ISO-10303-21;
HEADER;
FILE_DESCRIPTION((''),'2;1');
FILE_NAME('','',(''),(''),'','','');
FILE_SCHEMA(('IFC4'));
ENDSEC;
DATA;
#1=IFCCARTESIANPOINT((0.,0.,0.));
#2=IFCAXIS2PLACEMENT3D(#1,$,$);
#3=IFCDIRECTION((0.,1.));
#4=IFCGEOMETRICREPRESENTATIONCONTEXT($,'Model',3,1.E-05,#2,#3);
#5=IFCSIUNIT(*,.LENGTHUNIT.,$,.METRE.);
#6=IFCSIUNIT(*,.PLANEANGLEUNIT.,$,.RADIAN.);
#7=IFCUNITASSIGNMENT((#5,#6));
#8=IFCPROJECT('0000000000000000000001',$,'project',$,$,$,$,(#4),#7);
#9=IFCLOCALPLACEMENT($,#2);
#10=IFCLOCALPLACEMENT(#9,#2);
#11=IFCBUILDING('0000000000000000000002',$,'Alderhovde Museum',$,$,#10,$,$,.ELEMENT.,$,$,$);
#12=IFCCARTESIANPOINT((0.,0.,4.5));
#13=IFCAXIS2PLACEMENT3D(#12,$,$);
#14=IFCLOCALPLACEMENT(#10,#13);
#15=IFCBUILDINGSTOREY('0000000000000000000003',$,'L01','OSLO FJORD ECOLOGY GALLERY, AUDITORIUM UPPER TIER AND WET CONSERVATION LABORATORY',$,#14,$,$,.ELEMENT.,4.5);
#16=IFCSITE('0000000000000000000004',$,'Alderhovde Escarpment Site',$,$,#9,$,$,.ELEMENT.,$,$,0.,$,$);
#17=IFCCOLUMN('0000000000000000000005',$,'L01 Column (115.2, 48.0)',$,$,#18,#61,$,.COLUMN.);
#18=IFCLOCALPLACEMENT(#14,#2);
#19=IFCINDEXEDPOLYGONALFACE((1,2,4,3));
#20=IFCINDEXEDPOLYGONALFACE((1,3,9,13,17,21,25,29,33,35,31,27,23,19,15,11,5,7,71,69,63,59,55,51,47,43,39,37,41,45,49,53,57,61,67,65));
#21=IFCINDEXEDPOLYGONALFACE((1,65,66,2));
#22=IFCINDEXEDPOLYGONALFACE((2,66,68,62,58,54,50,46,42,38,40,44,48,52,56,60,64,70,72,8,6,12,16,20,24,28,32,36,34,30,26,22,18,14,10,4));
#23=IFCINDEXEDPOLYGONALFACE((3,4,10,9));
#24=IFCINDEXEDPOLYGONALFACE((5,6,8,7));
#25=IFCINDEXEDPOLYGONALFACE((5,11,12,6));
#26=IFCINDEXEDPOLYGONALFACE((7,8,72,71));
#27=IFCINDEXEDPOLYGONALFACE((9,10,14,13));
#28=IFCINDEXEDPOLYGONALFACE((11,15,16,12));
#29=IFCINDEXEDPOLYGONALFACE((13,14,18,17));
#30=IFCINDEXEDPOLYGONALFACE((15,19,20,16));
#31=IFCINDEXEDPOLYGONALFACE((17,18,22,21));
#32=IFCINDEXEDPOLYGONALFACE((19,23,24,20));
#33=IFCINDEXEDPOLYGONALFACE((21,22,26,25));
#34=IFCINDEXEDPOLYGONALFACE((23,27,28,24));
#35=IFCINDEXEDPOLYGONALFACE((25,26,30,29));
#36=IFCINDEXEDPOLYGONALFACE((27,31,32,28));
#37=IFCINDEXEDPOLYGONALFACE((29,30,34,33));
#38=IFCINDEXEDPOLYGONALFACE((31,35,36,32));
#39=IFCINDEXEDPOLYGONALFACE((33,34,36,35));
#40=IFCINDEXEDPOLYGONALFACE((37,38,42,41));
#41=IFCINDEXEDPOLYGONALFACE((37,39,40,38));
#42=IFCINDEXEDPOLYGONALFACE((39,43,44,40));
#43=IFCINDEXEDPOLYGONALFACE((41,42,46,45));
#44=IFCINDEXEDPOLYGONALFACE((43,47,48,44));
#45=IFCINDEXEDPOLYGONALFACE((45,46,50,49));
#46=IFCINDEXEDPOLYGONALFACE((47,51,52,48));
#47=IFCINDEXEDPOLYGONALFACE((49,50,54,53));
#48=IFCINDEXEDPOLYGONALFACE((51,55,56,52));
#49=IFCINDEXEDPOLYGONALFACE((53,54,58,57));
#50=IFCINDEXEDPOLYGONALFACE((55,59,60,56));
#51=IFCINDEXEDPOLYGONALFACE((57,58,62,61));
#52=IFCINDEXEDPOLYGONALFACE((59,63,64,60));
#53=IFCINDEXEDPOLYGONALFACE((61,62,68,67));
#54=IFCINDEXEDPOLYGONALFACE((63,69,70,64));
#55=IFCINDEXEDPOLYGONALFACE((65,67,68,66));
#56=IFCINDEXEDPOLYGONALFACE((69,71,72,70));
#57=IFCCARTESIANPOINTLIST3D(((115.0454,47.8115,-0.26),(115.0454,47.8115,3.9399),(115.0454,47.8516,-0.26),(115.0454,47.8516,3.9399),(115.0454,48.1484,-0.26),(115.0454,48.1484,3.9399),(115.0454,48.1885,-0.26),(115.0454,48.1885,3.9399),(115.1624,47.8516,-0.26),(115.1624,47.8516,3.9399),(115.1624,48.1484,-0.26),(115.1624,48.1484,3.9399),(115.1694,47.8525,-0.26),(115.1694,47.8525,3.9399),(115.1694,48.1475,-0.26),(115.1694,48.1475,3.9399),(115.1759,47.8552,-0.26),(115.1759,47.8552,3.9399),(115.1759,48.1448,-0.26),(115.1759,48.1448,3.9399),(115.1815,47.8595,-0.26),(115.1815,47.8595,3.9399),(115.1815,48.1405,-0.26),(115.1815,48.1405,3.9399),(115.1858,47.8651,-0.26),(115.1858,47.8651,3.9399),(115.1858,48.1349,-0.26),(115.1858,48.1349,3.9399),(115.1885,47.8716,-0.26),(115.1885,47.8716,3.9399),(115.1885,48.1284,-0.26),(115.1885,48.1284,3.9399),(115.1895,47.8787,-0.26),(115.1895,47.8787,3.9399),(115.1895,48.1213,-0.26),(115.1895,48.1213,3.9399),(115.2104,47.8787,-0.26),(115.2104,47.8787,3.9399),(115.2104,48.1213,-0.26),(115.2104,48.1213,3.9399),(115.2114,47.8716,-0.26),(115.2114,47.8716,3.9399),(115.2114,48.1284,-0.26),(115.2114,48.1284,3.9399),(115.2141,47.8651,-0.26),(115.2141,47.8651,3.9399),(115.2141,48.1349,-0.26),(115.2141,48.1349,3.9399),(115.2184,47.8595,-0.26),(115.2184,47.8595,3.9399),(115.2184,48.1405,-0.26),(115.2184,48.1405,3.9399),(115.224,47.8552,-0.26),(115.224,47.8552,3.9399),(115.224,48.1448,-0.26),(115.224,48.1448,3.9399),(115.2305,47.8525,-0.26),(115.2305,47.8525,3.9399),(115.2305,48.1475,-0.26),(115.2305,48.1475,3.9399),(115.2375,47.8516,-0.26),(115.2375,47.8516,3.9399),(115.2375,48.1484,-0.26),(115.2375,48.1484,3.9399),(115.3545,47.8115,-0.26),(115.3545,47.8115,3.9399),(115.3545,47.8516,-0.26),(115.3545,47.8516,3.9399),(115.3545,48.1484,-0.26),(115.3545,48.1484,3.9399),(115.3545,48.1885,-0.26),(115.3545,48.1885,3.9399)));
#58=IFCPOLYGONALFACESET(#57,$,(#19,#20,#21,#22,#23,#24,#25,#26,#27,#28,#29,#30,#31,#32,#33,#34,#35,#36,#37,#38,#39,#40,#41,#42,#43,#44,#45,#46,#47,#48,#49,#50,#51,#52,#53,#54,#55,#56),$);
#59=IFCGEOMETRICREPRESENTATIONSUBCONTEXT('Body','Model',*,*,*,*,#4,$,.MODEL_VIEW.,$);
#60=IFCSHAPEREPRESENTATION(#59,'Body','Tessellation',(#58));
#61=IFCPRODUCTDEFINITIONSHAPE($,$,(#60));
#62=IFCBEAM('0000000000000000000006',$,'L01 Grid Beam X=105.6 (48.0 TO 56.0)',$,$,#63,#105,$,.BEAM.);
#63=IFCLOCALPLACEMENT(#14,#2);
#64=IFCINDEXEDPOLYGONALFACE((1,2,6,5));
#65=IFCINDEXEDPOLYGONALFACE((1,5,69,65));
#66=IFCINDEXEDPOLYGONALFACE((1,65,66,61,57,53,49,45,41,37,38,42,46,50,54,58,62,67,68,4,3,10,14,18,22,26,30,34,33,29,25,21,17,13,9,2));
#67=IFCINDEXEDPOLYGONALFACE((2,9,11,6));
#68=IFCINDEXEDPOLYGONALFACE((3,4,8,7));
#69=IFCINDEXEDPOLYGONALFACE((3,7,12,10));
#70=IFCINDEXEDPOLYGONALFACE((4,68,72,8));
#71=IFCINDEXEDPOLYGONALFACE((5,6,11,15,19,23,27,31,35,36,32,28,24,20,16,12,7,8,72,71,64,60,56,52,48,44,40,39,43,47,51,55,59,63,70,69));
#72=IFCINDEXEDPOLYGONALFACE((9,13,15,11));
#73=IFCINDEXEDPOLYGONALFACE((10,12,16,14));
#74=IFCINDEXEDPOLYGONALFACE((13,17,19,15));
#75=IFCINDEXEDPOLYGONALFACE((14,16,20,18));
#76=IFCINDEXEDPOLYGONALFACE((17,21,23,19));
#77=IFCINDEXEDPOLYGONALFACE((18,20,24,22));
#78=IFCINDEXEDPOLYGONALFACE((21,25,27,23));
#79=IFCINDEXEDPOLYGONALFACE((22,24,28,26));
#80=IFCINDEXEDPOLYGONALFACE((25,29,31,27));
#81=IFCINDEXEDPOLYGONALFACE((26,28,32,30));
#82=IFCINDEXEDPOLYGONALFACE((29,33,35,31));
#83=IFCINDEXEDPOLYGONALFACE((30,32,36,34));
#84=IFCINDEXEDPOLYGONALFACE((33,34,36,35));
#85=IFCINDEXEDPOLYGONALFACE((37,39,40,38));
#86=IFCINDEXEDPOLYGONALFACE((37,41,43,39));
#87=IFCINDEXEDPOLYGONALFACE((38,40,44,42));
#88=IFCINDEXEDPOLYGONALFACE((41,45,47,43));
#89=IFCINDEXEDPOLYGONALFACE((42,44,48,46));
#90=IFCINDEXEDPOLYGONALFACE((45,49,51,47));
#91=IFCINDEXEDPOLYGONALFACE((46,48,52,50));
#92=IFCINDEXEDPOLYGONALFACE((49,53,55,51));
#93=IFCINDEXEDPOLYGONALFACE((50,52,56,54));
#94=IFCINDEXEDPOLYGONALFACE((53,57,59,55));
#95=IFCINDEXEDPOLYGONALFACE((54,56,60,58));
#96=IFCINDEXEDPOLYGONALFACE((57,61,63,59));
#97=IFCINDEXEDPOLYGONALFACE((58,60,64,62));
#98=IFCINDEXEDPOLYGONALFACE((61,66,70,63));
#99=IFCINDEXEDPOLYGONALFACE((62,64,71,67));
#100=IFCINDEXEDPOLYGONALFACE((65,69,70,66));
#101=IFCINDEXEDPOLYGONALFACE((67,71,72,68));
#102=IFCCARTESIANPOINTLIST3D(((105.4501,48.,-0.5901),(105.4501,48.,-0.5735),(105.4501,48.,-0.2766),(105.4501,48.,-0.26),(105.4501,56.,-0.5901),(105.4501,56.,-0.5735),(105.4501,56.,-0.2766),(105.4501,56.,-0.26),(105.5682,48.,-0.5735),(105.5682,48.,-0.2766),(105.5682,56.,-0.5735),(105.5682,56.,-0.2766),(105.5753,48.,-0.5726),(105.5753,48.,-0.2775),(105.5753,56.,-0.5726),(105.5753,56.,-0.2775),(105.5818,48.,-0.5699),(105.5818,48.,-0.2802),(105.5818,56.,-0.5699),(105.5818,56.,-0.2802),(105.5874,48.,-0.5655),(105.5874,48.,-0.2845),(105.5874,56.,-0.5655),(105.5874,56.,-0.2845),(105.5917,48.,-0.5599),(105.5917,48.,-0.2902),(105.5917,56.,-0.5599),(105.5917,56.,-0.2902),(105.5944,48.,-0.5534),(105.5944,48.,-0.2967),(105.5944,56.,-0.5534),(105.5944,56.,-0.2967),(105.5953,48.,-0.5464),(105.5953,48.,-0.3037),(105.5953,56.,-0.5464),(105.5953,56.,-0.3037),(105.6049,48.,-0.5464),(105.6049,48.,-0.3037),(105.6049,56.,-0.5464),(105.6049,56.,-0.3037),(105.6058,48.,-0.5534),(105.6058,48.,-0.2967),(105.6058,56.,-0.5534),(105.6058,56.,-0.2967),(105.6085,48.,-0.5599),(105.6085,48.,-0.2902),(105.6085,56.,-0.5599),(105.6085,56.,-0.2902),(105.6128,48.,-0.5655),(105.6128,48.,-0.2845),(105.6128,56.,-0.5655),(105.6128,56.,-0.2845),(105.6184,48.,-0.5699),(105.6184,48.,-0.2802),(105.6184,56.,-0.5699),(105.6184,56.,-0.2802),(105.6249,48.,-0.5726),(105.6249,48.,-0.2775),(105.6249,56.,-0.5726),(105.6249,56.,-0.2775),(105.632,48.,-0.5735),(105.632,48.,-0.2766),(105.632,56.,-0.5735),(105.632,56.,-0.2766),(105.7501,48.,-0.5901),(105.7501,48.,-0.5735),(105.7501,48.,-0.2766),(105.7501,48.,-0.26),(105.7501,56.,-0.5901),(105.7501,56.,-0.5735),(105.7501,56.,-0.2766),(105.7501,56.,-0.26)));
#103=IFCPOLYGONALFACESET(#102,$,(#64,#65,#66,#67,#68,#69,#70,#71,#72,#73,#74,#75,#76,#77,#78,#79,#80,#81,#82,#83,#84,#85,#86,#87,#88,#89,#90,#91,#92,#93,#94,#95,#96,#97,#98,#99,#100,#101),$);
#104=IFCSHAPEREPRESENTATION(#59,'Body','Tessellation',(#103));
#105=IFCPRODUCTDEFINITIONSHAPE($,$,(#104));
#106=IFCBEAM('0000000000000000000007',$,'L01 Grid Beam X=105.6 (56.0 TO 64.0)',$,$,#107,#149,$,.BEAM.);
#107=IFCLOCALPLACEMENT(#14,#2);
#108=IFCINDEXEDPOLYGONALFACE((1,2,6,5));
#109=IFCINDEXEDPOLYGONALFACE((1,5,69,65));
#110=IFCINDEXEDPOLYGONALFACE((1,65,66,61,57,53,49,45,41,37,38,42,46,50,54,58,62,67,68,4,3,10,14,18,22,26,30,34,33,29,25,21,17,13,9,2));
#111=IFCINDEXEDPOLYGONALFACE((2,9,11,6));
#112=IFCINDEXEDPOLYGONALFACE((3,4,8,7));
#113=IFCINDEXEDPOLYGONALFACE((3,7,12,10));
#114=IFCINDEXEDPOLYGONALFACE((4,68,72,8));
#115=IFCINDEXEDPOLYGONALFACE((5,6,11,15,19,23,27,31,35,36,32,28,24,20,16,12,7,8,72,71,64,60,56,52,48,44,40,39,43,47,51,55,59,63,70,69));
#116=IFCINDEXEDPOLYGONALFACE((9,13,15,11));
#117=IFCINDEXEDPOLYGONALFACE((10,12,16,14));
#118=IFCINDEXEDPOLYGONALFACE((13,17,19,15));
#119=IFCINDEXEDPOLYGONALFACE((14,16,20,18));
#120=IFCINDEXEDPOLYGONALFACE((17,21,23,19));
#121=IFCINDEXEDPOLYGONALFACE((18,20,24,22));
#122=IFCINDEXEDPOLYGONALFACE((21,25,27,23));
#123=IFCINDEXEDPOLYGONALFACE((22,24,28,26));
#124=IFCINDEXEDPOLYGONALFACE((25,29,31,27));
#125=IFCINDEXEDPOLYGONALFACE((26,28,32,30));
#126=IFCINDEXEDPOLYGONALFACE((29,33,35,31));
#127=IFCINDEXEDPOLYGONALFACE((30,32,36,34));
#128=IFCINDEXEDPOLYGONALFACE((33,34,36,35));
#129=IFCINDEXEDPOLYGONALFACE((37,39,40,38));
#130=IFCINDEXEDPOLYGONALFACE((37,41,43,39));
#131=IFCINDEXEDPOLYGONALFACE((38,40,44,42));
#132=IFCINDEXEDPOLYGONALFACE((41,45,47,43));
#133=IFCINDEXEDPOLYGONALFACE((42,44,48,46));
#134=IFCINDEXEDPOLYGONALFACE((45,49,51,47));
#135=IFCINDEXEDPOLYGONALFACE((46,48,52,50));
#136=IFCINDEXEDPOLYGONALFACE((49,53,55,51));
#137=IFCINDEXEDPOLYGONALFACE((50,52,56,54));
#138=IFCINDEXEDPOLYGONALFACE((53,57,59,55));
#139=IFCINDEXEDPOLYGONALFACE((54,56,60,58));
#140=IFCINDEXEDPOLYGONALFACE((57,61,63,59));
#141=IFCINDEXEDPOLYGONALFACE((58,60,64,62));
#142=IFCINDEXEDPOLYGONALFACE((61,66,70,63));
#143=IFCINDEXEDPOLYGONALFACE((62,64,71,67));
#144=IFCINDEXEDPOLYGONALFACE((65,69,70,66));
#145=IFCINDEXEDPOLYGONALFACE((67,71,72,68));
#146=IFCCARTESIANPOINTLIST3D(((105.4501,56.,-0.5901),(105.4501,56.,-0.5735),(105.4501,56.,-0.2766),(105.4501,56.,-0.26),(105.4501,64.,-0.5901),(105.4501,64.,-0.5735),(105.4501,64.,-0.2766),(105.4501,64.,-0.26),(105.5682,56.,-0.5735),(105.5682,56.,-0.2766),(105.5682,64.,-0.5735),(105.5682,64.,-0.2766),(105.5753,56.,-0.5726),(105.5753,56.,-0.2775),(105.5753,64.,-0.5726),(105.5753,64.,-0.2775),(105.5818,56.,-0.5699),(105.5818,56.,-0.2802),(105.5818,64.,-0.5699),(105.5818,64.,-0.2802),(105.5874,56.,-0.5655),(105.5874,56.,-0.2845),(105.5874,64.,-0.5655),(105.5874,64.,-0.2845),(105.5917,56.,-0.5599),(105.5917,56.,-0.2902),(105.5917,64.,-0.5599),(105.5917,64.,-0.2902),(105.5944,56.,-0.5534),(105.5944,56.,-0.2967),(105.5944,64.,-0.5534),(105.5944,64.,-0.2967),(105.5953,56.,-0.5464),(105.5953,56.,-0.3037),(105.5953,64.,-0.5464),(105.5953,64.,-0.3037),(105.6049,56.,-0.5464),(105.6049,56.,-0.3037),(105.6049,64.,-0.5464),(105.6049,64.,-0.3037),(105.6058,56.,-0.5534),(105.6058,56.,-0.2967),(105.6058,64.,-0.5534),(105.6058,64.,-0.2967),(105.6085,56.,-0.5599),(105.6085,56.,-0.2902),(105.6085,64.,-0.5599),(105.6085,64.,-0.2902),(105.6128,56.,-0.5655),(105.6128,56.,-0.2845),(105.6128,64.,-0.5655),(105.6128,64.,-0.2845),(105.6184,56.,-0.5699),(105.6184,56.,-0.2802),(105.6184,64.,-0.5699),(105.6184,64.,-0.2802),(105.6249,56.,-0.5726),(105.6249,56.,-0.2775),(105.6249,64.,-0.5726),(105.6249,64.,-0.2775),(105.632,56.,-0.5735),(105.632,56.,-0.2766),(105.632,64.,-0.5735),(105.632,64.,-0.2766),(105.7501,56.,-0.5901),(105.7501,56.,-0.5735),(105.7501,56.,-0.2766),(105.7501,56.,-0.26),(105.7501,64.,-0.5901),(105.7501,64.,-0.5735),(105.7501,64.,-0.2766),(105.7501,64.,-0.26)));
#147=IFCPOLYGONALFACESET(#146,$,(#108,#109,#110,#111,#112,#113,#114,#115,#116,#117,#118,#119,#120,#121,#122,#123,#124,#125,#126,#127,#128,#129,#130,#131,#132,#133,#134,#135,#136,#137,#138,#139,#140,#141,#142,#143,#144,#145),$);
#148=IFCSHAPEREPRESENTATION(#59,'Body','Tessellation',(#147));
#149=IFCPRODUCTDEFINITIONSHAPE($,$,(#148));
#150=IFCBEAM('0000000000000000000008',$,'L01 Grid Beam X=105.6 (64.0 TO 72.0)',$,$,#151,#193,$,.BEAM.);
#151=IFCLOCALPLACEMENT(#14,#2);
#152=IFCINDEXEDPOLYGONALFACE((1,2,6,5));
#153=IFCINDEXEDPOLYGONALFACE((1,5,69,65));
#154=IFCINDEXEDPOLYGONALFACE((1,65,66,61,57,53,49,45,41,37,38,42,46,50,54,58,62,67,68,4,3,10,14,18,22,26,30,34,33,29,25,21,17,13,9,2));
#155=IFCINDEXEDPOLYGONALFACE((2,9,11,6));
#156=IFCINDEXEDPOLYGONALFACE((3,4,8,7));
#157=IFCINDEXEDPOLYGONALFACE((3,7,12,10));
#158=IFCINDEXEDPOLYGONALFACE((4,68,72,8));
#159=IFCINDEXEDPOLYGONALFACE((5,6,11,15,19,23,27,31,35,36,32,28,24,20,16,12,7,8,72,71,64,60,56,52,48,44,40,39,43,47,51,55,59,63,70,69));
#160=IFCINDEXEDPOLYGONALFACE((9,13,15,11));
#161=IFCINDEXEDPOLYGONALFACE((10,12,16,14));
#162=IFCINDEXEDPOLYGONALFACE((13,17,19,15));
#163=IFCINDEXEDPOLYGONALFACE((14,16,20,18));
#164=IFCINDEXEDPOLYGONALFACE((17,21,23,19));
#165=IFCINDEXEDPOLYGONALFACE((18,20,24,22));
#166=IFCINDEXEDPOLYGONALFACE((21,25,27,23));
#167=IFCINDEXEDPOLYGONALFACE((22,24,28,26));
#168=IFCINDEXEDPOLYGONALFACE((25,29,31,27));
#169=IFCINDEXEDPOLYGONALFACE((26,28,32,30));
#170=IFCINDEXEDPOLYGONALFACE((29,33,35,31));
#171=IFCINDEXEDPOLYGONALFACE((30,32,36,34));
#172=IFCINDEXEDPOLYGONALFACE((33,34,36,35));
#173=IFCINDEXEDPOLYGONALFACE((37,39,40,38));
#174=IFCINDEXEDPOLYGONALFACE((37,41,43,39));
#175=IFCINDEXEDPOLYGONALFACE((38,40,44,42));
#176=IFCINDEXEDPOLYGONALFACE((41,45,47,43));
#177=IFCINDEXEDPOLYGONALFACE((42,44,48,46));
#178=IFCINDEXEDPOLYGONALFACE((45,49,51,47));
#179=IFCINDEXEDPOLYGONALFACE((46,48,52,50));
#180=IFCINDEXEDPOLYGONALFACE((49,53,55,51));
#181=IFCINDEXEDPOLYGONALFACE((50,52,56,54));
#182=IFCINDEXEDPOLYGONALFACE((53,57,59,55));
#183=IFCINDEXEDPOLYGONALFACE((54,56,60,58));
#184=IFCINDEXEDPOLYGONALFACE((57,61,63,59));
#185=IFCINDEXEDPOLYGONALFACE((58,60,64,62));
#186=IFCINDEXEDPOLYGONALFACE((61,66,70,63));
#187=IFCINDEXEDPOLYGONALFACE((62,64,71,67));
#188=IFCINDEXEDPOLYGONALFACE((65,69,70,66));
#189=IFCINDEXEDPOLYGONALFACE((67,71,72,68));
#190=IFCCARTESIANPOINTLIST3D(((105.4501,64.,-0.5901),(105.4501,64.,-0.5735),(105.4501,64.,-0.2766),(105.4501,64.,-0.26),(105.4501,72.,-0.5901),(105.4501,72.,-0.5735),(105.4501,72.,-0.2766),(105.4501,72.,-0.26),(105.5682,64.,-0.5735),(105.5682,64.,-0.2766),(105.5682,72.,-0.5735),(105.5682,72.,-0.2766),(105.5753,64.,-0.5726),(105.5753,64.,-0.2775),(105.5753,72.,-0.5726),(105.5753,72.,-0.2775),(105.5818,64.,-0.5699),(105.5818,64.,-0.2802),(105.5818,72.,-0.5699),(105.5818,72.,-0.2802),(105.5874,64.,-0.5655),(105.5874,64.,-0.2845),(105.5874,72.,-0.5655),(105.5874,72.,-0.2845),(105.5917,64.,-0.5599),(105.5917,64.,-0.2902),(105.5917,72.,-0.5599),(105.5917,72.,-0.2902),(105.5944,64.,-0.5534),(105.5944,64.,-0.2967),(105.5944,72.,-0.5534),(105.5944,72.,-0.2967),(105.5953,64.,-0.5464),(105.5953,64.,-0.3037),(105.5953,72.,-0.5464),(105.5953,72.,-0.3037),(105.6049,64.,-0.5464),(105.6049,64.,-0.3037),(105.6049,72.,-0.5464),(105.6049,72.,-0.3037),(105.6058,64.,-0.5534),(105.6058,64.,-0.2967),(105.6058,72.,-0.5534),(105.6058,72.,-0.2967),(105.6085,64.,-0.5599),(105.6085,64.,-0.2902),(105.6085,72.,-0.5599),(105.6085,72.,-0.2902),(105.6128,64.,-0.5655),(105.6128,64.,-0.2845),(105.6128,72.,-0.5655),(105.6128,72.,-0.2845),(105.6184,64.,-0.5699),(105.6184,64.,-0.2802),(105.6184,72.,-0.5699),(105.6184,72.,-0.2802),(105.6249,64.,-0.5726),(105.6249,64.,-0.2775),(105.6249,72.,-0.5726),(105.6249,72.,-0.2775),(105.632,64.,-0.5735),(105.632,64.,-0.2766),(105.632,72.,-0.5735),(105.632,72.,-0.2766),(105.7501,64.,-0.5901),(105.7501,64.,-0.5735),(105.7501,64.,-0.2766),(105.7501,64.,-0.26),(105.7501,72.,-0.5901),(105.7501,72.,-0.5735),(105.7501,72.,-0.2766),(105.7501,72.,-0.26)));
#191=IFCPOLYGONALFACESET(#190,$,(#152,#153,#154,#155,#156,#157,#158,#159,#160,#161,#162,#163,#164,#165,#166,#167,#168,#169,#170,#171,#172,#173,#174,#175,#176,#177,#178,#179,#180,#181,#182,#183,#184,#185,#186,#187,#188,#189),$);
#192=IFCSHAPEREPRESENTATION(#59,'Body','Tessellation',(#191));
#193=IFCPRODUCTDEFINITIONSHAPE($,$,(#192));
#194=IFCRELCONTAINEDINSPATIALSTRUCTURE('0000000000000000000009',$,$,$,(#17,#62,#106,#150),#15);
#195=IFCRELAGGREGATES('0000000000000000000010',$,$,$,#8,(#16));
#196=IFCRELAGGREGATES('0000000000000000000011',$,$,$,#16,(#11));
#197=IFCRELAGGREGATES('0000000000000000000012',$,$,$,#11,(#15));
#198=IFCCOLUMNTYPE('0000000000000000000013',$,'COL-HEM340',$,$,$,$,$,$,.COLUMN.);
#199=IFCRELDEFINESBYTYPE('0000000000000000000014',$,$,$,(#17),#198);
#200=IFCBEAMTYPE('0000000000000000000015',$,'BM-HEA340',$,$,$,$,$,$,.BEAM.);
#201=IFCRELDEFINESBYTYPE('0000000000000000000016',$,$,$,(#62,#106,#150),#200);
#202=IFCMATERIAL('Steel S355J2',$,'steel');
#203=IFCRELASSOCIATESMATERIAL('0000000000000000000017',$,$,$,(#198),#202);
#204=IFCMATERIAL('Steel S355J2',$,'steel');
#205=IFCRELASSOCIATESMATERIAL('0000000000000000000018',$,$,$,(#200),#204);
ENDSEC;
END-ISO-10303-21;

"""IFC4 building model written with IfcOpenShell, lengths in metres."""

from ifc_helpers import new_model, si_unit, direction, frame, origin, origin_2d, place, context, subcontext, project, spatial, i_section, extrude, material, material_profile, profile_set, type_object, element, save


model = new_model("IFC4")

# Units and contexts
model_context = context("Model", 3, precision=1e-05, world=origin(), true_north=direction((0.0, 1.0)))
body_context = subcontext(model_context, "Body", "Model", "MODEL_VIEW")
ifc_project = project(units=[si_unit("LENGTHUNIT", "METRE"), si_unit("PLANEANGLEUNIT", "RADIAN")], contexts=[model_context])

# Site, building, storey
site_placement = place(None, origin())
site = spatial("IfcSite", under=ifc_project, at=site_placement, Name="Alderhovde Escarpment Site", CompositionType="ELEMENT", RefElevation=0.0)
building_placement = place(site_placement, origin())
building = spatial("IfcBuilding", under=site, at=building_placement, Name="Alderhovde Museum", CompositionType="ELEMENT")
storey_placement = place(building_placement, frame((0.0, 0.0, 4.5)))
storey = spatial("IfcBuildingStorey", under=building, at=storey_placement, Name="L01", Description="OSLO FJORD ECOLOGY GALLERY, AUDITORIUM UPPER TIER AND WET CONSERVATION LABORATORY", CompositionType="ELEMENT", Elevation=4.5)

# Column
ifc_material_1 = material(Name="Steel S355J2", Category="steel")
ifc_material_profile_1 = material_profile(ifc_material_1, i_section(OverallWidth=0.3091, OverallDepth=0.377, WebThickness=0.021, FlangeThickness=0.04, FilletRadius=0.0271, at=origin_2d()), Name="HEM 340")
ifc_profile_set_1 = profile_set([ifc_material_profile_1], Name="Steel S355J2")
column_type_1 = type_object("IfcColumnType", Name="COL-HEM340", PredefinedType="COLUMN", material=ifc_profile_set_1)
for number, where, z_axis, x_axis, name in (
    (1, (115.2, 48.0, -0.26), (0.0, 0.0, 1.0), (1.0, 0.0, 0.0), "L01 Column (115.2, 48.0)"),
):
    element("IfcColumn", number, at=place(storey_placement, frame(where, z_axis=z_axis, x_axis=x_axis)), inside=storey, type_object=column_type_1, Name=name, PredefinedType="COLUMN", context=body_context, shape_type="SweptSolid", body=[
        extrude(i_section(OverallWidth=0.3091, OverallDepth=0.377, WebThickness=0.021, FlangeThickness=0.04, FilletRadius=0.0271, at=origin_2d()), origin(), (0.0, 0.0, 1.0), 4.2),
    ])

# Beams
ifc_material_2 = material(Name="Steel S355J2", Category="steel")
ifc_material_profile_2 = material_profile(ifc_material_2, i_section(OverallWidth=0.3, OverallDepth=0.3301, WebThickness=0.0095, FlangeThickness=0.0166, FilletRadius=0.0271, at=origin_2d()), Name="HEA 340")
ifc_profile_set_2 = profile_set([ifc_material_profile_2], Name="Steel S355J2")
beam_type_1 = type_object("IfcBeamType", Name="BM-HEA340", PredefinedType="BEAM", material=ifc_profile_set_2)
for number, where, z_axis, x_axis, name in (
    (2, (105.6001, 48.0, -0.425), (0.0, 1.0, 0.0), (-1.0, 0.0, 0.0), "L01 Grid Beam X=105.6 (48.0 TO 56.0)"),
    (3, (105.6001, 56.0, -0.425), (0.0, 1.0, 0.0), (-1.0, 0.0, 0.0), "L01 Grid Beam X=105.6 (56.0 TO 64.0)"),
    (4, (105.6001, 64.0, -0.425), (0.0, 1.0, 0.0), (-1.0, 0.0, 0.0), "L01 Grid Beam X=105.6 (64.0 TO 72.0)"),
):
    element("IfcBeam", number, at=place(storey_placement, frame(where, z_axis=z_axis, x_axis=x_axis)), inside=storey, type_object=beam_type_1, Name=name, PredefinedType="BEAM", context=body_context, shape_type="SweptSolid", body=[
        extrude(i_section(OverallWidth=0.3, OverallDepth=0.3301, WebThickness=0.0095, FlangeThickness=0.0166, FilletRadius=0.0271, at=origin_2d()), origin(), (0.0, 0.0, 1.0), 8.0),
    ])

save(model, "model.ifc")
